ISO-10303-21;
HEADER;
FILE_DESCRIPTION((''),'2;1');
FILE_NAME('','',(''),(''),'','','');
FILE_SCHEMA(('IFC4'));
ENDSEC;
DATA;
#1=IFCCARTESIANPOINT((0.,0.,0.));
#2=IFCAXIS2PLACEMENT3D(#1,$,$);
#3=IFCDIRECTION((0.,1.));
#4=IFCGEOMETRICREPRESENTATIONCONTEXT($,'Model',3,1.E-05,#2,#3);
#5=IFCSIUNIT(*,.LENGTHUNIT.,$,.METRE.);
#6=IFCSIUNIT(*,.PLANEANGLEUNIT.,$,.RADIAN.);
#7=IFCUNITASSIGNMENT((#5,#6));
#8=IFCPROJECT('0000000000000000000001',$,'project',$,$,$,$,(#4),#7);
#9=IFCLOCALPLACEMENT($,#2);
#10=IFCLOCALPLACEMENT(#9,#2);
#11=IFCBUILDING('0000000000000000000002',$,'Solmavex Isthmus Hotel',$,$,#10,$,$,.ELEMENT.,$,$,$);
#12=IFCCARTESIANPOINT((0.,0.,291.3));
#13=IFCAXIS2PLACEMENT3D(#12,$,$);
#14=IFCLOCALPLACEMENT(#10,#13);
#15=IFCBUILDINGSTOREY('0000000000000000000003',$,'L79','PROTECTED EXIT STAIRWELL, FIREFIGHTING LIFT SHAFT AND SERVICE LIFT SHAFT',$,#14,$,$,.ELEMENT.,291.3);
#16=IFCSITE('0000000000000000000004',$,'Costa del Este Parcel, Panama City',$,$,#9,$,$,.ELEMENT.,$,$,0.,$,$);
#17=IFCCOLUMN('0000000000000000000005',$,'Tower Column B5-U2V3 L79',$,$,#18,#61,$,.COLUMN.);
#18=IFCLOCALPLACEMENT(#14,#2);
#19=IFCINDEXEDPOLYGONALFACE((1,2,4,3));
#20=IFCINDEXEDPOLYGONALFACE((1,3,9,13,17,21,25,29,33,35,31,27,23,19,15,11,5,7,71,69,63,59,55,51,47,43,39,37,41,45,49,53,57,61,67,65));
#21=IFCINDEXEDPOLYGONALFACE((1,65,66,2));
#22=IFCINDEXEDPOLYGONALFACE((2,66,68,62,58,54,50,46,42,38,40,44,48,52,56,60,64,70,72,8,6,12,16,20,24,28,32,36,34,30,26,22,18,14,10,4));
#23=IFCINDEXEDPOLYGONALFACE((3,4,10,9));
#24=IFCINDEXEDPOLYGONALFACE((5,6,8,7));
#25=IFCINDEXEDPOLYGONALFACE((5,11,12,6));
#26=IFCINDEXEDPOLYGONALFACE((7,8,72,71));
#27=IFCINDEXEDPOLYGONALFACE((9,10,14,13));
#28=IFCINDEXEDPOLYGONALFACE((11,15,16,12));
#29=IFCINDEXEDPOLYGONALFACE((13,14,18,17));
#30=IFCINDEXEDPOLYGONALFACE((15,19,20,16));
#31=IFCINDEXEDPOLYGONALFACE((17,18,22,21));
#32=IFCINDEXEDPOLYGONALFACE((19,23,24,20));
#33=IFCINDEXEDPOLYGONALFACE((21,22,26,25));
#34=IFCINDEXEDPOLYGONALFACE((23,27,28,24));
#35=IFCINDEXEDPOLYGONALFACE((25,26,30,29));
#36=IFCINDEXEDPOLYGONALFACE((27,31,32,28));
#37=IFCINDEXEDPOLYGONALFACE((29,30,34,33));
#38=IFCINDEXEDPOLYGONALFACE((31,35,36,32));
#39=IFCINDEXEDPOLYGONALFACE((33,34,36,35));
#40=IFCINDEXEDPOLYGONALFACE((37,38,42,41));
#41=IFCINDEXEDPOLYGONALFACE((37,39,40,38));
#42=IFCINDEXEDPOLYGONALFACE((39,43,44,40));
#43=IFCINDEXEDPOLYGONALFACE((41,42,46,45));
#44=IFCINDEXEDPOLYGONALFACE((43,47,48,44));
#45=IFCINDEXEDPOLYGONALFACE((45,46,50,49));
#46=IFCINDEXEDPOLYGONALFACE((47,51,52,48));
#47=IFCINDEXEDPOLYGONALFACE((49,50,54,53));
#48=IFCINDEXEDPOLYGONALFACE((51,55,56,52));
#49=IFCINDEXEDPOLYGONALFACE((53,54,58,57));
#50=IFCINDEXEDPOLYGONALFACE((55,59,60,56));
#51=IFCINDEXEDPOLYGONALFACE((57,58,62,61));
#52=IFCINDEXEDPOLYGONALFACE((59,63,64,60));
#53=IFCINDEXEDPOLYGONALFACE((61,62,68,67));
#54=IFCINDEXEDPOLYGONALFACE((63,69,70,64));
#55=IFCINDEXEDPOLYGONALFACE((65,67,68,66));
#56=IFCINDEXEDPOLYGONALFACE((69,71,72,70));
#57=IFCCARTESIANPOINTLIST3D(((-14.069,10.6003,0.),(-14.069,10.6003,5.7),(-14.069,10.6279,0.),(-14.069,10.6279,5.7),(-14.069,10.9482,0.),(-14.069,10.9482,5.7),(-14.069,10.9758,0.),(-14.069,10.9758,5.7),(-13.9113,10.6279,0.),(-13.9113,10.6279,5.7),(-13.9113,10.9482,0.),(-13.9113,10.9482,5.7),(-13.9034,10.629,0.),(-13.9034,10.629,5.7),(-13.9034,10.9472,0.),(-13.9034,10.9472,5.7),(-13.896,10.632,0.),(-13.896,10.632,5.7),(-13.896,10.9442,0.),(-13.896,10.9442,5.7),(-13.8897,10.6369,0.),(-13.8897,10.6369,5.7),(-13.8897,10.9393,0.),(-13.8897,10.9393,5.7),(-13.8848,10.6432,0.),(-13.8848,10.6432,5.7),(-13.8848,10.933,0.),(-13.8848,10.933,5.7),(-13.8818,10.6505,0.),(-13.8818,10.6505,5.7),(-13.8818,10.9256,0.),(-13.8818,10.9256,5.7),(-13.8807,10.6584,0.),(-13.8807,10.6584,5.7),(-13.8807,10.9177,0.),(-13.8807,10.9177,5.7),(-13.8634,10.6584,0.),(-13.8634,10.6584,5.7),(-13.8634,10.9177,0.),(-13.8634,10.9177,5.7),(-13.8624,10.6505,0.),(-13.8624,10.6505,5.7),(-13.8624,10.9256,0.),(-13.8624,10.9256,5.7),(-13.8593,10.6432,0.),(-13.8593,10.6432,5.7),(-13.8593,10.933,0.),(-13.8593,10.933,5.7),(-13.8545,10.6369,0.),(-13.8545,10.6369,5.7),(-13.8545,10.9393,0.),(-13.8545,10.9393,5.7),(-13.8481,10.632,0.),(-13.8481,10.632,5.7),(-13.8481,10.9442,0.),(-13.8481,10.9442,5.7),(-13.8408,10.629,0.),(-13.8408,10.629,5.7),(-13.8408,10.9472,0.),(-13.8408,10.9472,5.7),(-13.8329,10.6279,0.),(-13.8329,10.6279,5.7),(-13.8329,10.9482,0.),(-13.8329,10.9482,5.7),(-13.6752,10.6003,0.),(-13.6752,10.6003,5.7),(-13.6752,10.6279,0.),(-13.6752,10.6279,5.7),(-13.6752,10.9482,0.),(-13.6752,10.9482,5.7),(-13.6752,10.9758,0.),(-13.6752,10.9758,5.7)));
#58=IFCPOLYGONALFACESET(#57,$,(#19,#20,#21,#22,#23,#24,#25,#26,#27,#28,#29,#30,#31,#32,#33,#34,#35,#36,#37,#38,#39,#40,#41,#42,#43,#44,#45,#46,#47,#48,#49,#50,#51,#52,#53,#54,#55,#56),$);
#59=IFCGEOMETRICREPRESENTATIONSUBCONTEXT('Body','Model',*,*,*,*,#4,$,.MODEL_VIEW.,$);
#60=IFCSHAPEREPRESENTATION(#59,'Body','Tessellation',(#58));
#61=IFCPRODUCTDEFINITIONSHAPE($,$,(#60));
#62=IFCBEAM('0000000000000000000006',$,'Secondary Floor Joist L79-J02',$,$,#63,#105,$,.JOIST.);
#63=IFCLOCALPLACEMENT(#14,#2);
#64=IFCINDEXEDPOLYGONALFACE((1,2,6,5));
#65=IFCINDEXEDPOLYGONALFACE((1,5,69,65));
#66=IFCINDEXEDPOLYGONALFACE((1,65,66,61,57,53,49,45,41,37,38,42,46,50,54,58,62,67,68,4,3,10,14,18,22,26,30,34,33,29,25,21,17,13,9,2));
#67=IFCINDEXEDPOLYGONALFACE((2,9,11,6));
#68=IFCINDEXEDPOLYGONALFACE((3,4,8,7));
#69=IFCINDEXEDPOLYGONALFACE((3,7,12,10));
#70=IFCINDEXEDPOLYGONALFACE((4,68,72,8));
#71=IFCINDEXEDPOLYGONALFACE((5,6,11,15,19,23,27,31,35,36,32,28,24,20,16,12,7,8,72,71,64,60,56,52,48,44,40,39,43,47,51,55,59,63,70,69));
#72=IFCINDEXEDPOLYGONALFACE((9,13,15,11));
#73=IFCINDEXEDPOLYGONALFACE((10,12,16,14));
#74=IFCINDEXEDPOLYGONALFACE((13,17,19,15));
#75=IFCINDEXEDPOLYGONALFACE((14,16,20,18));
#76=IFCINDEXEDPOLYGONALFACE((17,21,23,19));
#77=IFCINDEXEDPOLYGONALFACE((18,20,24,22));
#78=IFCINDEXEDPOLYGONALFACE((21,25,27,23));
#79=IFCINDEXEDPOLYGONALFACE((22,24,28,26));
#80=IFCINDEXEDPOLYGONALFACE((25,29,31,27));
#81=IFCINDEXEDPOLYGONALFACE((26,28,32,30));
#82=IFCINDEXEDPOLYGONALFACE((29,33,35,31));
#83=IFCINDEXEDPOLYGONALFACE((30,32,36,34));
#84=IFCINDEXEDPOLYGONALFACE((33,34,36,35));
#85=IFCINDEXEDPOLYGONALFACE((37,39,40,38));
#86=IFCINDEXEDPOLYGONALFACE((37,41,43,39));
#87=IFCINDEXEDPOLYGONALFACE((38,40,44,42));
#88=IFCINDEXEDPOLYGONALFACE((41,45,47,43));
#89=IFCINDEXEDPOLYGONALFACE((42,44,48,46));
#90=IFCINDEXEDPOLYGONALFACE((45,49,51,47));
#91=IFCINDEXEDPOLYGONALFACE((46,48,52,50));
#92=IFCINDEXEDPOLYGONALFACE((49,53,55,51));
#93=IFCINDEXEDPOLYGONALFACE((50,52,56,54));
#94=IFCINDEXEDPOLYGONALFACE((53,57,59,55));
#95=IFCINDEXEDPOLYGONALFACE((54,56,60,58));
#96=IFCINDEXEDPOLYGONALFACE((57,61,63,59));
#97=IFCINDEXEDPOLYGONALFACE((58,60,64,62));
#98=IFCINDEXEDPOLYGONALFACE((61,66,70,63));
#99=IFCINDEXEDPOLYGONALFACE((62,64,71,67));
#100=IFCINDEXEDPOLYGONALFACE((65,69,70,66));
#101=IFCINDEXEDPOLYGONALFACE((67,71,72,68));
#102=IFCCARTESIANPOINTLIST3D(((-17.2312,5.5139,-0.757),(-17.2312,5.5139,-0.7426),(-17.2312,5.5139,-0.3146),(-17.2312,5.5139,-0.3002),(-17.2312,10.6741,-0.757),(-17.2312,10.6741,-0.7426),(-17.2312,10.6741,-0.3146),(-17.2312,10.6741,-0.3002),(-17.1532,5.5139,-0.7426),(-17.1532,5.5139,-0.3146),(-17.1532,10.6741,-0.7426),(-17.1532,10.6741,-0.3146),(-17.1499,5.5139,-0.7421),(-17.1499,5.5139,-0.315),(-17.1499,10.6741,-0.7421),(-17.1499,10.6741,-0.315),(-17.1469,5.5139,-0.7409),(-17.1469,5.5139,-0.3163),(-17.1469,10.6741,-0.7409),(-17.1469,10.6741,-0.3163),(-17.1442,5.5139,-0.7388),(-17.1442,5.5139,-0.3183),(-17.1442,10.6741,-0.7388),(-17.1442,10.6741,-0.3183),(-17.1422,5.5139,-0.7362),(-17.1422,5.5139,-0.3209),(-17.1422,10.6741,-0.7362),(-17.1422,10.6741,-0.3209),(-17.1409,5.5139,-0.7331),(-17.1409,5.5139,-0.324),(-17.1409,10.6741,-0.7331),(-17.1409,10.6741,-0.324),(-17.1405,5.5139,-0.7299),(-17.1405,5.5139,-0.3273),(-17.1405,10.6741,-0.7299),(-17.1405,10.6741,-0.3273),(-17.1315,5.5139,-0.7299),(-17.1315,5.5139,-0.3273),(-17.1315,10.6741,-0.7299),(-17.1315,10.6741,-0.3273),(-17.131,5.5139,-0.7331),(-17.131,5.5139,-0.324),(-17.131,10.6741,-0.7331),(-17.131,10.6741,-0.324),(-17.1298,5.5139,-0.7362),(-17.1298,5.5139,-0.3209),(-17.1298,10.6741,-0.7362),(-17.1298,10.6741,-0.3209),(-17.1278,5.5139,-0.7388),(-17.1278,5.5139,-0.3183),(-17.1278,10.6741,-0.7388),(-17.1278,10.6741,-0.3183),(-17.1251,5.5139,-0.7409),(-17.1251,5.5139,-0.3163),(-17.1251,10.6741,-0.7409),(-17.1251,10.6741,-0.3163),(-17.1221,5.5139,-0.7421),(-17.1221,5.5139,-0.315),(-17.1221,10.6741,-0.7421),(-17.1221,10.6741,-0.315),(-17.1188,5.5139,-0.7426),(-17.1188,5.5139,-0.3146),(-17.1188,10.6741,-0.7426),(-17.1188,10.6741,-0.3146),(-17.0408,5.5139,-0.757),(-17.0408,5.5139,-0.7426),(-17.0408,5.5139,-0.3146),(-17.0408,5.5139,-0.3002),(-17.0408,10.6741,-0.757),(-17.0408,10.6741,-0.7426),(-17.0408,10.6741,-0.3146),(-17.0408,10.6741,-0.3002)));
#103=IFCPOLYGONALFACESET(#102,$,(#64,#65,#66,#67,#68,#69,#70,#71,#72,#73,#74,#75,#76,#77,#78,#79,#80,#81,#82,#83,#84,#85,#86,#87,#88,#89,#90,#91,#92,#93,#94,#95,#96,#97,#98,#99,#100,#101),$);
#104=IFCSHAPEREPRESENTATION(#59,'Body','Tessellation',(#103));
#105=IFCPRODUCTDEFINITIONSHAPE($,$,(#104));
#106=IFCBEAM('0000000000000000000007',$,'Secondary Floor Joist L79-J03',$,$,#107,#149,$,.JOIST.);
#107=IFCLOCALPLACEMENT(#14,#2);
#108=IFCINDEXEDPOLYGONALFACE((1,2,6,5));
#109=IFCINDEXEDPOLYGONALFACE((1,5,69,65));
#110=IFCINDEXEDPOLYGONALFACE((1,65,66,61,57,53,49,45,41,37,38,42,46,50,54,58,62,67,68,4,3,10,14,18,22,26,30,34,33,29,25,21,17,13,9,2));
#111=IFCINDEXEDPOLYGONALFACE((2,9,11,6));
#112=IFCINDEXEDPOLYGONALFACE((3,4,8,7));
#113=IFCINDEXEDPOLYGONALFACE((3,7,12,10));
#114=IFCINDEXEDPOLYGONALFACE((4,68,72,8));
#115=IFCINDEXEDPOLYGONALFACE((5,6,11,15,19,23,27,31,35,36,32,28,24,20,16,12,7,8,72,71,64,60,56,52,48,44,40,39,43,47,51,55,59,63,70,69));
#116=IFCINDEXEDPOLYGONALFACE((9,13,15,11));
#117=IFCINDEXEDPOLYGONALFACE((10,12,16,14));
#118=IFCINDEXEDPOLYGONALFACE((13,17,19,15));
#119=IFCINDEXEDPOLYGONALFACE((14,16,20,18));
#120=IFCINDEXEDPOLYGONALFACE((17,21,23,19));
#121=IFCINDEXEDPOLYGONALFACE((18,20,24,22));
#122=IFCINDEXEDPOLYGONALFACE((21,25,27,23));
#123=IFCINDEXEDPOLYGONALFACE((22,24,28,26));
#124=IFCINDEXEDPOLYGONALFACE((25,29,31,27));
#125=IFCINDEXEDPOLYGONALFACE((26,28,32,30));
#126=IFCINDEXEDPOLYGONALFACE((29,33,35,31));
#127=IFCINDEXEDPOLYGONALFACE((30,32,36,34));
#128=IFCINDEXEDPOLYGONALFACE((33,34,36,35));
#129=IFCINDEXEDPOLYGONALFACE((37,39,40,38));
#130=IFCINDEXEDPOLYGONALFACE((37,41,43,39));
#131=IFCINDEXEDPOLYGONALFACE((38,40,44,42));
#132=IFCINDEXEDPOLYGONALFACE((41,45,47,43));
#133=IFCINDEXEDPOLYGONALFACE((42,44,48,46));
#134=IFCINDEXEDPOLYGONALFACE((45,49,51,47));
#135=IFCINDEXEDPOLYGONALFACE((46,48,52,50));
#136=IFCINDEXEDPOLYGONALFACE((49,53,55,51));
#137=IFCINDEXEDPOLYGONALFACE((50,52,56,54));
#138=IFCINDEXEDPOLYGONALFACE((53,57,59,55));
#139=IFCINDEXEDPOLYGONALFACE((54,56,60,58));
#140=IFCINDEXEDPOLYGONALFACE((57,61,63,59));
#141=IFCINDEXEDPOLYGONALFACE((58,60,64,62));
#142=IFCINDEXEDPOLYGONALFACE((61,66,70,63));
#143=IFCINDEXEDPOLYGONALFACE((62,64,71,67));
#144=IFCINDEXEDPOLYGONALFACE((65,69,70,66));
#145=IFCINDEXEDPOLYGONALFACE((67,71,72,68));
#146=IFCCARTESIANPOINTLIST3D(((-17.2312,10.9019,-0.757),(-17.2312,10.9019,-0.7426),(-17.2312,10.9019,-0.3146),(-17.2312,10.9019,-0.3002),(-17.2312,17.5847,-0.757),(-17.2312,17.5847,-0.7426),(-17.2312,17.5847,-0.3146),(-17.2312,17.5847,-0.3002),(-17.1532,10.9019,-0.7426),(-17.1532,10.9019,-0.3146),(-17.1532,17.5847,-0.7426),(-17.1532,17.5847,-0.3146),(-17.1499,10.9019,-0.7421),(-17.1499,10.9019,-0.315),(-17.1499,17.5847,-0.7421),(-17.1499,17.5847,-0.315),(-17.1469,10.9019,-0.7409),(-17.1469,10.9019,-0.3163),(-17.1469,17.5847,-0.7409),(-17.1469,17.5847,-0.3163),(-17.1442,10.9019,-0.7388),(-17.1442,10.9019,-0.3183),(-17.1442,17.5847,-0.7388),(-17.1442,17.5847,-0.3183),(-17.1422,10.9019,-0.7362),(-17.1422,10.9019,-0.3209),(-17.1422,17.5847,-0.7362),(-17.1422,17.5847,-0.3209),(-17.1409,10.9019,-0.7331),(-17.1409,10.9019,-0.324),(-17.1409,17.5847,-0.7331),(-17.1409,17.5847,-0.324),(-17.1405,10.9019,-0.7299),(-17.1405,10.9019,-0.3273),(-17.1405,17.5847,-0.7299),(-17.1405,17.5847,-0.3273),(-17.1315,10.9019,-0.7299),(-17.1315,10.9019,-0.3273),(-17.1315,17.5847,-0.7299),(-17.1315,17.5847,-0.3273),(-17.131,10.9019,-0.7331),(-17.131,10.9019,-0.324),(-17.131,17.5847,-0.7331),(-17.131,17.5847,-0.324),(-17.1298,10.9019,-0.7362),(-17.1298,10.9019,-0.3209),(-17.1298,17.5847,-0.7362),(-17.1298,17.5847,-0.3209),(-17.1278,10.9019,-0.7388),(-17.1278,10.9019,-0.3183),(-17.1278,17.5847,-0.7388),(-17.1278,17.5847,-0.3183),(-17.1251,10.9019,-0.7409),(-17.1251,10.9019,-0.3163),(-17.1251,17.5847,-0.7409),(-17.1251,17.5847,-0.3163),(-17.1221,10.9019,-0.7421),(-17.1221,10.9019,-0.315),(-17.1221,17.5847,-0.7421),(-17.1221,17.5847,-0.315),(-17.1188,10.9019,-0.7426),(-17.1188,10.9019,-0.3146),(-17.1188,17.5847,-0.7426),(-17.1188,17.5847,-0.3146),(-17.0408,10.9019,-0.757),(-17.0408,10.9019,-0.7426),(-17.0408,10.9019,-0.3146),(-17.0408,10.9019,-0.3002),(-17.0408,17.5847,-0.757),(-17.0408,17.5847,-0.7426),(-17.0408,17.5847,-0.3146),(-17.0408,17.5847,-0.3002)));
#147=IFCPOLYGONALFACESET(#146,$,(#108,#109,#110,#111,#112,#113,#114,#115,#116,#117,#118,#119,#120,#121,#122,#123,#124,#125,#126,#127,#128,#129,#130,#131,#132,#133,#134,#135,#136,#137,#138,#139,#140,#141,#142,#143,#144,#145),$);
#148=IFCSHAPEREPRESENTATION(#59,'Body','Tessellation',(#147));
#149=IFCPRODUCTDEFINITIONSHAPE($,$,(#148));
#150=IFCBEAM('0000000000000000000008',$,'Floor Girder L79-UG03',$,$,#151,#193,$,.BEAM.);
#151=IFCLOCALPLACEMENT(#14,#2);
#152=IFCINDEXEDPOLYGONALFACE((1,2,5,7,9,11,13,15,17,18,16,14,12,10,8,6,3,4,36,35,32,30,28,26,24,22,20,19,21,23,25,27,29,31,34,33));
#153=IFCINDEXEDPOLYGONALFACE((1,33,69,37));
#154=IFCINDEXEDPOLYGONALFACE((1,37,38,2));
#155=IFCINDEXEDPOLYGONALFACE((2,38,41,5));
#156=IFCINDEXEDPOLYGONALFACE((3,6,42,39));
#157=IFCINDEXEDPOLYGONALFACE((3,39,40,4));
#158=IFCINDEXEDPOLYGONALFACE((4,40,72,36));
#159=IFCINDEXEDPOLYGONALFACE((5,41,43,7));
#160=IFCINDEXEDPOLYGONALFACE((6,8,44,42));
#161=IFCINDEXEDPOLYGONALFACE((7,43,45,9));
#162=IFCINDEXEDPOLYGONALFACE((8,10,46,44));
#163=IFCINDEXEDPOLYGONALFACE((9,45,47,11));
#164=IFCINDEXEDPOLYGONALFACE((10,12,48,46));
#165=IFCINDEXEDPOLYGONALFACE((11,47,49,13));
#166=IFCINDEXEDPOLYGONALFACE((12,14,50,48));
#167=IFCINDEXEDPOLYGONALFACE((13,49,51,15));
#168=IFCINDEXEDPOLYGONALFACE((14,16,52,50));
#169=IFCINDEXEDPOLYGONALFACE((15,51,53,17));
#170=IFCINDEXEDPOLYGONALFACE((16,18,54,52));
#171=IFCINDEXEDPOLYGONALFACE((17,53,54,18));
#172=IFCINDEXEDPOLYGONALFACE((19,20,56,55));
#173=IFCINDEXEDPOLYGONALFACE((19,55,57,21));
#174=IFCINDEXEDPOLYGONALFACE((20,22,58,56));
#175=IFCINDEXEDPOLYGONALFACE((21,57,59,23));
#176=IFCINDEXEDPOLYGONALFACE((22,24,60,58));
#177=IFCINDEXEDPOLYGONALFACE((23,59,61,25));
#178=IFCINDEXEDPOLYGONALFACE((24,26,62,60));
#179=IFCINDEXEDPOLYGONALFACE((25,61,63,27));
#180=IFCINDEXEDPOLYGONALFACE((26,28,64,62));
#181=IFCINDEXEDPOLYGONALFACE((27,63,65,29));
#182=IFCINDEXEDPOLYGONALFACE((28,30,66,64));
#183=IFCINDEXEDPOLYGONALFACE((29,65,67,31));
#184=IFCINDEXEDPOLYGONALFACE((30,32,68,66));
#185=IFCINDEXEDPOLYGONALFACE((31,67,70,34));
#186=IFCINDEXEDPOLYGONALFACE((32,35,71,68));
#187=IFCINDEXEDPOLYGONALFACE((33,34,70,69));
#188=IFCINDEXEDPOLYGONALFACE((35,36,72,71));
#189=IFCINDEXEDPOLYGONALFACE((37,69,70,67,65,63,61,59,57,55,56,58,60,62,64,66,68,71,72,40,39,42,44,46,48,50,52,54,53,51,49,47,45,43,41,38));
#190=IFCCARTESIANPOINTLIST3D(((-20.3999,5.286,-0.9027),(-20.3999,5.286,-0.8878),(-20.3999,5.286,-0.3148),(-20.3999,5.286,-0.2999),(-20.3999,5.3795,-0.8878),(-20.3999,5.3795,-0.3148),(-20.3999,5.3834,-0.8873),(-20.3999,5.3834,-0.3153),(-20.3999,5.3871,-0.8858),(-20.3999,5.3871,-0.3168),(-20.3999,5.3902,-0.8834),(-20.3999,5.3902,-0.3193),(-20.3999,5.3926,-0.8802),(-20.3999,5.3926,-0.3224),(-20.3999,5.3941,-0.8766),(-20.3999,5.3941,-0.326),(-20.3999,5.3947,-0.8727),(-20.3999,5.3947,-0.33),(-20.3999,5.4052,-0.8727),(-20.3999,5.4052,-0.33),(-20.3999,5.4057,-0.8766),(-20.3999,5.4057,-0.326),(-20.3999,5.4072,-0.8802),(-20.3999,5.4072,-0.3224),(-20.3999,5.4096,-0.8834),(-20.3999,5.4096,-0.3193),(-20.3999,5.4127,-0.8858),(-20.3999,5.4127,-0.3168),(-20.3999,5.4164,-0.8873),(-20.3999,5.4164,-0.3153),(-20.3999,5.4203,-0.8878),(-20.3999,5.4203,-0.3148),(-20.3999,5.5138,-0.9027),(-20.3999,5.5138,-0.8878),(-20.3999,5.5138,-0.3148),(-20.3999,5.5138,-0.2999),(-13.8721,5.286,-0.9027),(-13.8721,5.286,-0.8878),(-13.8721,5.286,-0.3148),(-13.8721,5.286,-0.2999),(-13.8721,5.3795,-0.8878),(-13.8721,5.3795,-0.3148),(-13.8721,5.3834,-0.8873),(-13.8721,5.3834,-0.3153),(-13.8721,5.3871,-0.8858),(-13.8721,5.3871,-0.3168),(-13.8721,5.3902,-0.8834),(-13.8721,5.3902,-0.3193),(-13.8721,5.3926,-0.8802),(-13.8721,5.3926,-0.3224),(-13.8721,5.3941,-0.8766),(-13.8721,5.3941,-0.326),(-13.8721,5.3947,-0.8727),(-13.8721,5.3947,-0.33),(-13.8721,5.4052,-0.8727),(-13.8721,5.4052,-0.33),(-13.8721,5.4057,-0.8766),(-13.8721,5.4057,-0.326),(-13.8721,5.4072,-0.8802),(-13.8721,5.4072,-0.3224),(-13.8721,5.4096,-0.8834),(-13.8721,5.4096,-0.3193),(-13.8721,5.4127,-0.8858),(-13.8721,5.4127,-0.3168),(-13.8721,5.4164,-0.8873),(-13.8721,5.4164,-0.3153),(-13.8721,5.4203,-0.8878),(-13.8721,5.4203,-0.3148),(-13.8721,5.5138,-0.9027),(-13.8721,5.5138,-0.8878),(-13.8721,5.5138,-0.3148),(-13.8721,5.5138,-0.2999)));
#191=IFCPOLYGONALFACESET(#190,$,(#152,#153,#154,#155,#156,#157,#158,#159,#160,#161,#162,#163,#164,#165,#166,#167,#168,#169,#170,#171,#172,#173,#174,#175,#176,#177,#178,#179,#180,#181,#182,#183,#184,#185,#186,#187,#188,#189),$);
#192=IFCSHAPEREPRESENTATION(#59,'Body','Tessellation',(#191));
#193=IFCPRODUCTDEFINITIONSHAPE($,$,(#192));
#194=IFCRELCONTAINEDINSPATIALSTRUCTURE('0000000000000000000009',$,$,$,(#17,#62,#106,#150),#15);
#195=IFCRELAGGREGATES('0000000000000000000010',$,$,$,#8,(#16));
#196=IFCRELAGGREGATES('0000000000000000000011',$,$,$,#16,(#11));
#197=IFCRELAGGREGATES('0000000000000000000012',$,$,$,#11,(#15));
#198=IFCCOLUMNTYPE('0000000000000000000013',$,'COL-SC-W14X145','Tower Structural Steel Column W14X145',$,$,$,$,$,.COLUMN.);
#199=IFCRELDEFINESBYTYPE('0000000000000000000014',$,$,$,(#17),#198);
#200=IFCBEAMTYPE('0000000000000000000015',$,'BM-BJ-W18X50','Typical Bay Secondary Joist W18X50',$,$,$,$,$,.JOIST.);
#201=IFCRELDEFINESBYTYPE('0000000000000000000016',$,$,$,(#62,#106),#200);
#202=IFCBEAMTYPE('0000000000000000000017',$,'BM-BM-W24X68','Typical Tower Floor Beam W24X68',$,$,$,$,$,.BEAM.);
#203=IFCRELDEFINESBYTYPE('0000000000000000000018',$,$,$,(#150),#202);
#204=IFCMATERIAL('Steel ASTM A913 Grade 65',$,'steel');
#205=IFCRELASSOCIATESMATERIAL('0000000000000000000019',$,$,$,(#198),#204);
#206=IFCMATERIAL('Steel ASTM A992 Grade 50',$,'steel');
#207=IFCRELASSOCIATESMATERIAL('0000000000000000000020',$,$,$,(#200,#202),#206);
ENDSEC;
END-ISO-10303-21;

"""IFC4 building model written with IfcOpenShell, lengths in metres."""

from ifc_helpers import new_model, si_unit, direction, frame, origin, origin_2d, place, context, subcontext, project, spatial, i_section, extrude, material, material_profile, profile_set, type_object, element, save


model = new_model("IFC4")

# Units and contexts
model_context = context("Model", 3, precision=1e-05, world=origin(), true_north=direction((0.0, 1.0)))
body_context = subcontext(model_context, "Body", "Model", "MODEL_VIEW")
ifc_project = project(units=[si_unit("LENGTHUNIT", "METRE"), si_unit("PLANEANGLEUNIT", "RADIAN")], contexts=[model_context])

# Site, building, storey
site_placement = place(None, origin())
site = spatial("IfcSite", under=ifc_project, at=site_placement, Name="Costa del Este Parcel, Panama City", CompositionType="ELEMENT", RefElevation=0.0)
building_placement = place(site_placement, origin())
building = spatial("IfcBuilding", under=site, at=building_placement, Name="Solmavex Isthmus Hotel", CompositionType="ELEMENT")
storey_placement = place(building_placement, frame((0.0, 0.0, 291.3)))
storey = spatial("IfcBuildingStorey", under=building, at=storey_placement, Name="L79", Description="PROTECTED EXIT STAIRWELL, FIREFIGHTING LIFT SHAFT AND SERVICE LIFT SHAFT", CompositionType="ELEMENT", Elevation=291.3)

# Column
ifc_material_1 = material(Name="Steel ASTM A913 Grade 65", Category="steel")
ifc_material_profile_1 = material_profile(ifc_material_1, i_section(OverallWidth=0.3938, OverallDepth=0.3755, WebThickness=0.0173, FlangeThickness=0.0276, FilletRadius=0.0305, at=origin_2d()), Name="W14X145")
ifc_profile_set_1 = profile_set([ifc_material_profile_1], Name="Steel ASTM A913 Grade 65")
column_type = type_object("IfcColumnType", Name="COL-SC-W14X145", Description="Tower Structural Steel Column W14X145", PredefinedType="COLUMN", material=ifc_profile_set_1)
for number, where, z_axis, x_axis, name in (
    (1, (-13.8721, 10.7881, 0.0), (0.0, 0.0, 1.0), (1.0, 0.0, 0.0), "Tower Column B5-U2V3 L79"),
):
    element("IfcColumn", number, at=place(storey_placement, frame(where, z_axis=z_axis, x_axis=x_axis)), inside=storey, type_object=column_type, Name=name, PredefinedType="COLUMN", context=body_context, shape_type="SweptSolid", body=[
        extrude(i_section(OverallWidth=0.3938, OverallDepth=0.3755, WebThickness=0.0173, FlangeThickness=0.0276, FilletRadius=0.0305, at=origin_2d()), origin(), (0.0, 0.0, 1.0), 5.7),
    ])

# Beams
ifc_material_2 = material(Name="Steel ASTM A992 Grade 50", Category="steel")
ifc_material_profile_2 = material_profile(ifc_material_2, i_section(OverallWidth=0.1904, OverallDepth=0.4568, WebThickness=0.009, FlangeThickness=0.0144, FilletRadius=0.0127, at=origin_2d()), Name="W18X50")
ifc_profile_set_2 = profile_set([ifc_material_profile_2], Name="Steel ASTM A992 Grade 50")
beam_type_1 = type_object("IfcBeamType", Name="BM-BJ-W18X50", Description="Typical Bay Secondary Joist W18X50", PredefinedType="JOIST", material=ifc_profile_set_2)
beam_1_placement = place(storey_placement, frame((-17.136, 5.5139, -0.5286), z_axis=(0.0, 1.0, 0.0), x_axis=(-1.0, 0.0, 0.0)))
element("IfcBeam", 2, at=beam_1_placement, inside=storey, type_object=beam_type_1, Name="Secondary Floor Joist L79-J02", PredefinedType="JOIST", context=body_context, shape_type="SweptSolid", body=[
    extrude(i_section(OverallWidth=0.1904, OverallDepth=0.4568, WebThickness=0.009, FlangeThickness=0.0144, FilletRadius=0.0127, at=origin_2d()), origin(), (0.0, 0.0, 1.0), 5.1602),
])
beam_2_placement = place(storey_placement, frame((-17.136, 10.9019, -0.5286), z_axis=(0.0, 1.0, 0.0), x_axis=(-1.0, 0.0, 0.0)))
element("IfcBeam", 3, at=beam_2_placement, inside=storey, type_object=beam_type_1, Name="Secondary Floor Joist L79-J03", PredefinedType="JOIST", context=body_context, shape_type="SweptSolid", body=[
    extrude(i_section(OverallWidth=0.1904, OverallDepth=0.4568, WebThickness=0.009, FlangeThickness=0.0144, FilletRadius=0.0127, at=origin_2d()), origin(), (0.0, 0.0, 1.0), 6.6829),
])
ifc_material_profile_3 = material_profile(ifc_material_2, i_section(OverallWidth=0.2278, OverallDepth=0.6028, WebThickness=0.0105, FlangeThickness=0.0149, FilletRadius=0.0151, at=origin_2d()), Name="W24X68")
ifc_profile_set_3 = profile_set([ifc_material_profile_3], Name="Steel ASTM A992 Grade 50")
beam_type_2 = type_object("IfcBeamType", Name="BM-BM-W24X68", Description="Typical Tower Floor Beam W24X68", PredefinedType="BEAM", material=ifc_profile_set_3)
beam_3_placement = place(storey_placement, frame((-20.3999, 5.3999, -0.6013), z_axis=(1.0, 0.0, 0.0), x_axis=(0.0, 1.0, 0.0)))
element("IfcBeam", 4, at=beam_3_placement, inside=storey, type_object=beam_type_2, Name="Floor Girder L79-UG03", PredefinedType="BEAM", context=body_context, shape_type="SweptSolid", body=[
    extrude(i_section(OverallWidth=0.2278, OverallDepth=0.6028, WebThickness=0.0105, FlangeThickness=0.0149, FilletRadius=0.0151, at=origin_2d()), origin(), (0.0, 0.0, 1.0), 6.5278),
])

save(model, "model.ifc")
